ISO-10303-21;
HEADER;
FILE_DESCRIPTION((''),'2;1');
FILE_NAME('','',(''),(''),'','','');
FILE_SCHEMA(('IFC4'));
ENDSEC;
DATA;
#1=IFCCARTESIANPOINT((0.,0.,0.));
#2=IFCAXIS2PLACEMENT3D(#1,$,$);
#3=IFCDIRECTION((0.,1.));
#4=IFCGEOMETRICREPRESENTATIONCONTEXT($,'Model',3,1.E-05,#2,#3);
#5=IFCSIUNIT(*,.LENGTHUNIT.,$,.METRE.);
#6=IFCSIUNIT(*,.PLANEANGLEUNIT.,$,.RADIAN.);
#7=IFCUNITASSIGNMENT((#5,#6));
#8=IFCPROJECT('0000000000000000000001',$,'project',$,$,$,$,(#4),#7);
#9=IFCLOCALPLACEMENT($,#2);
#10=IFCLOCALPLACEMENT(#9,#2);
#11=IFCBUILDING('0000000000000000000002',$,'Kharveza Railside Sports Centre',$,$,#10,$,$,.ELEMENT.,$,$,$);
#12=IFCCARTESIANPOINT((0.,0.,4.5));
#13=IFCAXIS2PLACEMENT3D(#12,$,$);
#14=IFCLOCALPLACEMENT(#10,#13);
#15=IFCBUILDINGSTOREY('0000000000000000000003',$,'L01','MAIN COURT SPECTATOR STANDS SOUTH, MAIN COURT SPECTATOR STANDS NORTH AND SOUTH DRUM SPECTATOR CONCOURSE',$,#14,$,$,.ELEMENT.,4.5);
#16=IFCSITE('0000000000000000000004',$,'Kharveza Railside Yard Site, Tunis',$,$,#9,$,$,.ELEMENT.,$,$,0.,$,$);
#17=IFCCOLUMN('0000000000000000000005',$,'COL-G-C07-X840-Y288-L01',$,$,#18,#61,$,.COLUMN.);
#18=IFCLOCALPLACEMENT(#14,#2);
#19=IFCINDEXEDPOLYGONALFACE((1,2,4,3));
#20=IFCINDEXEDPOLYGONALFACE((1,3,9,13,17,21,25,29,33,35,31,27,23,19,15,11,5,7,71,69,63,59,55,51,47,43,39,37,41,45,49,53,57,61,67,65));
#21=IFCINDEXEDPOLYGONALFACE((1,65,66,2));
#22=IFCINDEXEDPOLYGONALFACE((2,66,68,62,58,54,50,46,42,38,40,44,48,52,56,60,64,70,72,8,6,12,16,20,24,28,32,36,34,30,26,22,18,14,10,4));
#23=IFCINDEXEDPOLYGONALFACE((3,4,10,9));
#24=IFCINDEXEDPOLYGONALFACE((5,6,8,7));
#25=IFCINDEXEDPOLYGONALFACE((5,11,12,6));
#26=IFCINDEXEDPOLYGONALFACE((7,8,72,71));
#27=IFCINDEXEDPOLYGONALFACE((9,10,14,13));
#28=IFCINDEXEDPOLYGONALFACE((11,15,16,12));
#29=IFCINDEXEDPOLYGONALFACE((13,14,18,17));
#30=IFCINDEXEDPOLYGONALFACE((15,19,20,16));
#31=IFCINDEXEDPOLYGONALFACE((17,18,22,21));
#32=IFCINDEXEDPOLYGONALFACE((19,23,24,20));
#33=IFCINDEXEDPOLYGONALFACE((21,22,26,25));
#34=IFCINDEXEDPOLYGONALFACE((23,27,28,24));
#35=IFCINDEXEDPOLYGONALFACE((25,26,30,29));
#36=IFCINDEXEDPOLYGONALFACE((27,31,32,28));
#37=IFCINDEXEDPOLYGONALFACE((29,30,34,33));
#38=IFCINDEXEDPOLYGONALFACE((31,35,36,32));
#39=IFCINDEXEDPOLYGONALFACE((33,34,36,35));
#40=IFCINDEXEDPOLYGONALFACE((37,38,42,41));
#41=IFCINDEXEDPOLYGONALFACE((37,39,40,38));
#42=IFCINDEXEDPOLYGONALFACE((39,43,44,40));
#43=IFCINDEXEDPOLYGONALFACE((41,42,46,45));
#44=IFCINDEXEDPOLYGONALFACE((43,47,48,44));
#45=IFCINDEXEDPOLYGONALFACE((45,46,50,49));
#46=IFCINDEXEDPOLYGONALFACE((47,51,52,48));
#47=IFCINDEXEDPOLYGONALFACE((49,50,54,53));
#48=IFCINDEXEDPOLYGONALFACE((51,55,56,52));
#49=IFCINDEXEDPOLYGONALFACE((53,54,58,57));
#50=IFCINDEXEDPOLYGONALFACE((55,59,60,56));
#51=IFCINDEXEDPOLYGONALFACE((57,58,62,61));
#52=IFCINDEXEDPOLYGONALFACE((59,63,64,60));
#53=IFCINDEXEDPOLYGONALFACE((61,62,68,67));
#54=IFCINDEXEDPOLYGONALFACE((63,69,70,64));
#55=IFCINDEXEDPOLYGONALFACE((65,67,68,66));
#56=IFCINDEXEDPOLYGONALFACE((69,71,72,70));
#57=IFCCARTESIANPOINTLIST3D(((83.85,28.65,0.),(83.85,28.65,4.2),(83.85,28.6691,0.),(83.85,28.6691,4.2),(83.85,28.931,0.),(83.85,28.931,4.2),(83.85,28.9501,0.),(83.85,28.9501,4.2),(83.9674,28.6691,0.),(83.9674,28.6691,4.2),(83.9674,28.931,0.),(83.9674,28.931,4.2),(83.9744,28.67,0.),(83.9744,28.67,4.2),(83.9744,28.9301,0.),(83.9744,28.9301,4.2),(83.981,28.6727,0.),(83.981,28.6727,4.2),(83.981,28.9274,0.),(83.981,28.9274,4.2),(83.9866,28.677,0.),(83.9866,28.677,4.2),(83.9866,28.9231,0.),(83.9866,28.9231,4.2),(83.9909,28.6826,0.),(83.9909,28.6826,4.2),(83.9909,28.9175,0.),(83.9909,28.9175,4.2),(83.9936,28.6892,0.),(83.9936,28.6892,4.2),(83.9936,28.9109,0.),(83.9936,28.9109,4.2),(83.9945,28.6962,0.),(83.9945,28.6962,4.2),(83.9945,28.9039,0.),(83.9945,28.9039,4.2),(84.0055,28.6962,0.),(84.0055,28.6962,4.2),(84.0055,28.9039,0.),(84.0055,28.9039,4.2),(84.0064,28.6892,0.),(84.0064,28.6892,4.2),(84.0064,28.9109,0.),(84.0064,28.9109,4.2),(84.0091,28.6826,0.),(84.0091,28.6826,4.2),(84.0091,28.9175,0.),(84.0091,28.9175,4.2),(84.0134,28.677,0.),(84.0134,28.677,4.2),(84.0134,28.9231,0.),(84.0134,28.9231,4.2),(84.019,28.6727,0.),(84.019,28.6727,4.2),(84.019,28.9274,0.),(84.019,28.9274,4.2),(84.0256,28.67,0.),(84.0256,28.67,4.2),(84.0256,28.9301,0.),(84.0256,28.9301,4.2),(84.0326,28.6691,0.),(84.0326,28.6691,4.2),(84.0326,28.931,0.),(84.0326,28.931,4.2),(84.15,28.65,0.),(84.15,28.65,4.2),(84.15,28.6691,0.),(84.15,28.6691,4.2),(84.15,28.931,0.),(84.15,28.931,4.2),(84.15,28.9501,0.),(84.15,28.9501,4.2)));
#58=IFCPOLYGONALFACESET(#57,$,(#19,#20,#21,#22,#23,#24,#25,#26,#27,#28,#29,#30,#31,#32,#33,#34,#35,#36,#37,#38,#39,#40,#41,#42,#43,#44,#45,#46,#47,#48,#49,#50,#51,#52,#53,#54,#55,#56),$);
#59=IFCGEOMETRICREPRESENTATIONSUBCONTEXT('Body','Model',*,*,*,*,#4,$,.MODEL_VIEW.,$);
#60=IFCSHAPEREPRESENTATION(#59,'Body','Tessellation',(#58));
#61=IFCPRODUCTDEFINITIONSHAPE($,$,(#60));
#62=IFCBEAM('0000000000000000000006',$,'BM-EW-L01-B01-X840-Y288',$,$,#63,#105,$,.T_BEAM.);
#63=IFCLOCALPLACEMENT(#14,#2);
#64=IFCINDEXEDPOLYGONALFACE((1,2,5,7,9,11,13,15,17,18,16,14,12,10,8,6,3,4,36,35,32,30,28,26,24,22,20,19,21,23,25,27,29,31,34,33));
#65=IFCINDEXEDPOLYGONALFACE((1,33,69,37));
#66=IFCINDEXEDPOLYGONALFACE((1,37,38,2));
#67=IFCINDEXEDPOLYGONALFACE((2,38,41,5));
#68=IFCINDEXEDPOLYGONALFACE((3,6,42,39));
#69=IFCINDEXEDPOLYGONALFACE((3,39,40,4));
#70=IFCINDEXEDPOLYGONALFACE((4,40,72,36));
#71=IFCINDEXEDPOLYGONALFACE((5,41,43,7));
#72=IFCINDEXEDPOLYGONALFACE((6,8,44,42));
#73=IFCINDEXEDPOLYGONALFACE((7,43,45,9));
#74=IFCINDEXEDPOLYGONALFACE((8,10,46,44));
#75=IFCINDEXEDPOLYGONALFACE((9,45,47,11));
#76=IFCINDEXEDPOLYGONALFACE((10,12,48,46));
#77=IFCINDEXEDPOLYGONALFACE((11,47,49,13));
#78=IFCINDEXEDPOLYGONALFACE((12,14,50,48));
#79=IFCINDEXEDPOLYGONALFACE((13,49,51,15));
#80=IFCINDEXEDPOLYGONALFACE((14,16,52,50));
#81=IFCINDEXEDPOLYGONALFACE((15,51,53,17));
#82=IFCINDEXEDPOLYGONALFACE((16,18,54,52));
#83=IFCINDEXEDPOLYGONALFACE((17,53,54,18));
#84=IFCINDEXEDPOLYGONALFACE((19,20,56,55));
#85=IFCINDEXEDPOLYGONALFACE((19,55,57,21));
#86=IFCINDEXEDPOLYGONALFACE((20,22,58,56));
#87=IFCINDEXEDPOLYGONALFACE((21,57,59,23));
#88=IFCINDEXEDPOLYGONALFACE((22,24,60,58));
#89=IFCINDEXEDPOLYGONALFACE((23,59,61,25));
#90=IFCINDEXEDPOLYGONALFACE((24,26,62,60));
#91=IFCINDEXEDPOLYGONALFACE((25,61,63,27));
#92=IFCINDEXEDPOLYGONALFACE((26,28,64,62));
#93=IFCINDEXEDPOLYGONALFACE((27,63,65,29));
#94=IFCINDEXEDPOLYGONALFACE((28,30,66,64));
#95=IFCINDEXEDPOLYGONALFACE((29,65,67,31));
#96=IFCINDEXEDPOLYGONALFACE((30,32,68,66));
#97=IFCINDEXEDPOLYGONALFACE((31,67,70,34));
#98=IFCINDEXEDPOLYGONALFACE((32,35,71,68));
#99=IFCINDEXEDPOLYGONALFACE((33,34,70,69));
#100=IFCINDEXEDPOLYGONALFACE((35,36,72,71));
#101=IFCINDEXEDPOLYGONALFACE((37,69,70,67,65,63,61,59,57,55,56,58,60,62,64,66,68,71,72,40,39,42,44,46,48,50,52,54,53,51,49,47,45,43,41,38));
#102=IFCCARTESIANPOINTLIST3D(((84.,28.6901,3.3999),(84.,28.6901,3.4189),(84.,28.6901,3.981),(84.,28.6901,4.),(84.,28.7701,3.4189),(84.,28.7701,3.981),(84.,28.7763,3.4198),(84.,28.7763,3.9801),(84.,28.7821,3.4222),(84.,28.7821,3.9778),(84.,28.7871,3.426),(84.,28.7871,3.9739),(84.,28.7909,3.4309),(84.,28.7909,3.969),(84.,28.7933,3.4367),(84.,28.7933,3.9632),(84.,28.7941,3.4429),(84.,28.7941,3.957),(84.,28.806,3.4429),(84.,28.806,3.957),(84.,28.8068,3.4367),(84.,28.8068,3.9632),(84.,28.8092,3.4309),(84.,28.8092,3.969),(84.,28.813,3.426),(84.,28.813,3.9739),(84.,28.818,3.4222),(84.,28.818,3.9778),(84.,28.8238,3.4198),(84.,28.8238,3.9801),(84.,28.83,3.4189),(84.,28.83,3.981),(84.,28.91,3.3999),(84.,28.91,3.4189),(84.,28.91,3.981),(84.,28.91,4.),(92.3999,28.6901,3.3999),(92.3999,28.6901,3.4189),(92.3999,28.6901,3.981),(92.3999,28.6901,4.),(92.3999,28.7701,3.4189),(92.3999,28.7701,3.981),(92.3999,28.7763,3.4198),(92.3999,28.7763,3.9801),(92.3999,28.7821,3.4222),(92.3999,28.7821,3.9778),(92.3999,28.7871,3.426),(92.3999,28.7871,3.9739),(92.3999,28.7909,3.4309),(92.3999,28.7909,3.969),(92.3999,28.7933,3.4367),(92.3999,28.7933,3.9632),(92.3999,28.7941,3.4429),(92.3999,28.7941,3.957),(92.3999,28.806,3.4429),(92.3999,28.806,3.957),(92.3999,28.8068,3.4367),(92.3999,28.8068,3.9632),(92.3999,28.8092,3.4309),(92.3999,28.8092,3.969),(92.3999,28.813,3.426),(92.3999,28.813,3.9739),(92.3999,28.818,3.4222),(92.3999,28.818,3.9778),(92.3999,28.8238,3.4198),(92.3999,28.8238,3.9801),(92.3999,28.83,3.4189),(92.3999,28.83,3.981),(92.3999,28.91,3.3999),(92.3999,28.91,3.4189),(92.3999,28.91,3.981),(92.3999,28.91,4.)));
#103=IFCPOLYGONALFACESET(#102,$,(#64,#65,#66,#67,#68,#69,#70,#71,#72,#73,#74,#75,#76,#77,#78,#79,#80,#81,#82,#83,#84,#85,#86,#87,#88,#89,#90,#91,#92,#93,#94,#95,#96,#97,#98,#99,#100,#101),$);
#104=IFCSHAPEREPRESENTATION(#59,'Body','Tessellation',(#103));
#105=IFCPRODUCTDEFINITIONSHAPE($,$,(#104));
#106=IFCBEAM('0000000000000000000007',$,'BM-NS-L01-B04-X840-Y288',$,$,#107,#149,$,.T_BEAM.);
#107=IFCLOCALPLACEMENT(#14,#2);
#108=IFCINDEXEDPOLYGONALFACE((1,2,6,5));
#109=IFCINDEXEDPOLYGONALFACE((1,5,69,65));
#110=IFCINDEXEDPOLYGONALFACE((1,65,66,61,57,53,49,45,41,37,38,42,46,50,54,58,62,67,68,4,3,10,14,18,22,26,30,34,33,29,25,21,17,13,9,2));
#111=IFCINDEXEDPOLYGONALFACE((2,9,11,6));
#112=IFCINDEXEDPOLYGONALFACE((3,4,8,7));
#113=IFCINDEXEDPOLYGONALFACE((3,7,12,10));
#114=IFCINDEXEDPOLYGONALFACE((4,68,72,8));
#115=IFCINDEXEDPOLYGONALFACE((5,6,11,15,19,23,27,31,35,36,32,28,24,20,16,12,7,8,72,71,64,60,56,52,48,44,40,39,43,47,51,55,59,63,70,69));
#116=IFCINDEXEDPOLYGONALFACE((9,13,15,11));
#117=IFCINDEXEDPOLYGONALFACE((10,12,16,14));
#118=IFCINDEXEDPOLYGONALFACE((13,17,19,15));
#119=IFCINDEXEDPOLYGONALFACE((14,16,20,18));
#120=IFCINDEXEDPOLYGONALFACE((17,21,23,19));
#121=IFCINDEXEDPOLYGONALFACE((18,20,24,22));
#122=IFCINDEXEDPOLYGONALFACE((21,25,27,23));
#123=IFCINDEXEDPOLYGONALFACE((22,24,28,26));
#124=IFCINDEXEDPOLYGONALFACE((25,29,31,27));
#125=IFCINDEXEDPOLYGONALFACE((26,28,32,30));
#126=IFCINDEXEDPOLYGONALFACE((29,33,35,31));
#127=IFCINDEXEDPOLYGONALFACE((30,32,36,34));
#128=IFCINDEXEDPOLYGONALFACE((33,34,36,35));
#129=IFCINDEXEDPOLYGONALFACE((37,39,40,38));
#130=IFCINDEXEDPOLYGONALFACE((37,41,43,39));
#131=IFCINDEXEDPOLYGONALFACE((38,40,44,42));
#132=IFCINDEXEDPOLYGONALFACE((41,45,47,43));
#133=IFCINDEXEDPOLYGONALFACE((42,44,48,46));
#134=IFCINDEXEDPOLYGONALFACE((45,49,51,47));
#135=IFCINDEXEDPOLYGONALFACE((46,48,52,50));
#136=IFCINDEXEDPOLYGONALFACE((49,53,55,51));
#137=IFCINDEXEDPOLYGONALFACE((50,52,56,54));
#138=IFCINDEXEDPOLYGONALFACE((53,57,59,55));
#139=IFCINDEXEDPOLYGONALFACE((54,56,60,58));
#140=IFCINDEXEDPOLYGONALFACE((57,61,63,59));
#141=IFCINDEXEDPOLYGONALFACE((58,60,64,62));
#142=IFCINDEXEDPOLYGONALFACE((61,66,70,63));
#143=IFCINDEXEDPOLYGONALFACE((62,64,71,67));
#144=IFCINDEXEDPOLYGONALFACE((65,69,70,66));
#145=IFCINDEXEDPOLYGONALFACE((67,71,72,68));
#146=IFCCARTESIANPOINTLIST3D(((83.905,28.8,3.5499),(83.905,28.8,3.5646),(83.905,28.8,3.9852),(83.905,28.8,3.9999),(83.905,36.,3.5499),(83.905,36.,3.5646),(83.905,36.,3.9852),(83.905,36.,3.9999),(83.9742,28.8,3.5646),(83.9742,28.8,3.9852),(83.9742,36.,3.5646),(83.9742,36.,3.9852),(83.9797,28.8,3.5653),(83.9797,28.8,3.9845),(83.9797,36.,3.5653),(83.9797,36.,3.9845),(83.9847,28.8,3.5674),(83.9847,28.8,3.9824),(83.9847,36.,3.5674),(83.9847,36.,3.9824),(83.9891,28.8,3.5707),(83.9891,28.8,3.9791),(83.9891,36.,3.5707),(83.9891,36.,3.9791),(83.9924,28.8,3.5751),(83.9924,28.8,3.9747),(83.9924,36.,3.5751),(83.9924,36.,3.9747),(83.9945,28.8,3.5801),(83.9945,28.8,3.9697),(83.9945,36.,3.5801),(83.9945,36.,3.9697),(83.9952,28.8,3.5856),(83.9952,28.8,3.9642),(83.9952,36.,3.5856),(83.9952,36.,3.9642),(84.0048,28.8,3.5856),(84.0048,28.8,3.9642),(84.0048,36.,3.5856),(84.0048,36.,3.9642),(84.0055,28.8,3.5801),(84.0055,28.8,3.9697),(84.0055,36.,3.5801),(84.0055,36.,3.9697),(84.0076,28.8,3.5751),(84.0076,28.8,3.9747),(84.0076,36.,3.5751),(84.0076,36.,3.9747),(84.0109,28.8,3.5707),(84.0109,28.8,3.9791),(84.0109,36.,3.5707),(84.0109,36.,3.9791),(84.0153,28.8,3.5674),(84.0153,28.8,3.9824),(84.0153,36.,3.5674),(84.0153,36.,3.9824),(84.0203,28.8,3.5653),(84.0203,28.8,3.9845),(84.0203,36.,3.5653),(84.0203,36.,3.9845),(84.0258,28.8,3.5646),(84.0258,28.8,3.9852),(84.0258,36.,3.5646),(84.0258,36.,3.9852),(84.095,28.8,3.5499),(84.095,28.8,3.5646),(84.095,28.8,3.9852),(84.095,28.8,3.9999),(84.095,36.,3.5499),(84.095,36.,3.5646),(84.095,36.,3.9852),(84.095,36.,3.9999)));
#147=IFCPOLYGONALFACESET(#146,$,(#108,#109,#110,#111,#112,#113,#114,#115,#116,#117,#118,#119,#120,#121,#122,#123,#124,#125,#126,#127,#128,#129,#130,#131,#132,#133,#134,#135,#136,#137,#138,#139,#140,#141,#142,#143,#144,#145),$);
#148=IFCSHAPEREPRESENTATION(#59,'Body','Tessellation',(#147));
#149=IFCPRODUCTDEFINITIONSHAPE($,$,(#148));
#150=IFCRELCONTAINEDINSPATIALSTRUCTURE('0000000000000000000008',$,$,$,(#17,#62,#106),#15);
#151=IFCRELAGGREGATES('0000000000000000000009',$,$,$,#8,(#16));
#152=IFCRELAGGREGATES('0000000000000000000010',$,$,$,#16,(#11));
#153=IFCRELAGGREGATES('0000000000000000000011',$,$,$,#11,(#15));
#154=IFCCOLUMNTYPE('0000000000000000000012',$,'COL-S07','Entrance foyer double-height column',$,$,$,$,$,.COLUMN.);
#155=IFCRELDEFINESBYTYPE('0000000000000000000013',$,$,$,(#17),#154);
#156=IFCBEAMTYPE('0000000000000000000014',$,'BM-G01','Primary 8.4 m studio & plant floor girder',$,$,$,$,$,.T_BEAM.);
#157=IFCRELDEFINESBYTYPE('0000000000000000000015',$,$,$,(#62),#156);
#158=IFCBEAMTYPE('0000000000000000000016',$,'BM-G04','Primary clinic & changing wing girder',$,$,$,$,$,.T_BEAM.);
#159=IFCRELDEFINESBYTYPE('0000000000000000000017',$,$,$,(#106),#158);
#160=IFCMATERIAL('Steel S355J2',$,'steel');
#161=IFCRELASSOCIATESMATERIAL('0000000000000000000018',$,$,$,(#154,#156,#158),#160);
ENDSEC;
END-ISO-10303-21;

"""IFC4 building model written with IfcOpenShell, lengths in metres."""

from ifc_helpers import new_model, si_unit, direction, frame, origin, origin_2d, place, context, subcontext, project, spatial, i_section, extrude, material, material_profile, profile_set, type_object, element, save


model = new_model("IFC4")

# Units and contexts
model_context = context("Model", 3, precision=1e-05, world=origin(), true_north=direction((0.0, 1.0)))
body_context = subcontext(model_context, "Body", "Model", "MODEL_VIEW")
ifc_project = project(units=[si_unit("LENGTHUNIT", "METRE"), si_unit("PLANEANGLEUNIT", "RADIAN")], contexts=[model_context])

# Site, building, storey
site_placement = place(None, origin())
site = spatial("IfcSite", under=ifc_project, at=site_placement, Name="Kharveza Railside Yard Site, Tunis", CompositionType="ELEMENT", RefElevation=0.0)
building_placement = place(site_placement, origin())
building = spatial("IfcBuilding", under=site, at=building_placement, Name="Kharveza Railside Sports Centre", CompositionType="ELEMENT")
storey_placement = place(building_placement, frame((0.0, 0.0, 4.5)))
storey = spatial("IfcBuildingStorey", under=building, at=storey_placement, Name="L01", Description="MAIN COURT SPECTATOR STANDS SOUTH, MAIN COURT SPECTATOR STANDS NORTH AND SOUTH DRUM SPECTATOR CONCOURSE", CompositionType="ELEMENT", Elevation=4.5)

# Column
ifc_material_1 = material(Name="Steel S355J2", Category="steel")
ifc_material_profile_1 = material_profile(ifc_material_1, i_section(OverallWidth=0.3, OverallDepth=0.3, WebThickness=0.011, FlangeThickness=0.019, FilletRadius=0.0271, at=origin_2d()), Name="HEB 300")
ifc_profile_set_1 = profile_set([ifc_material_profile_1], Name="Steel S355J2")
column_type = type_object("IfcColumnType", Name="COL-S07", Description="Entrance foyer double-height column", PredefinedType="COLUMN", material=ifc_profile_set_1)
column_placement = place(storey_placement, frame((84.0, 28.8, 0.0), z_axis=(0.0, 0.0, 1.0), x_axis=(1.0, 0.0, 0.0)))
element("IfcColumn", 1, at=column_placement, inside=storey, type_object=column_type, Name="COL-G-C07-X840-Y288-L01", PredefinedType="COLUMN", context=body_context, shape_type="SweptSolid", body=[
    extrude(i_section(OverallWidth=0.3, OverallDepth=0.3, WebThickness=0.011, FlangeThickness=0.019, FilletRadius=0.0271, at=origin_2d()), origin(), (0.0, 0.0, 1.0), 4.2),
])

# Beams
ifc_material_profile_2 = material_profile(ifc_material_1, i_section(OverallWidth=0.22, OverallDepth=0.6001, WebThickness=0.012, FlangeThickness=0.019, FilletRadius=0.0239, at=origin_2d()), Name="IPE 600")
ifc_profile_set_2 = profile_set([ifc_material_profile_2], Name="Steel S355J2")
beam_type_1 = type_object("IfcBeamType", Name="BM-G01", Description="Primary 8.4 m studio & plant floor girder", PredefinedType="T_BEAM", material=ifc_profile_set_2)
beam_1_placement = place(storey_placement, frame((84.0, 28.8, 3.7), z_axis=(1.0, 0.0, 0.0), x_axis=(0.0, 1.0, 0.0)))
element("IfcBeam", 2, at=beam_1_placement, inside=storey, type_object=beam_type_1, Name="BM-EW-L01-B01-X840-Y288", PredefinedType="T_BEAM", context=body_context, shape_type="SweptSolid", body=[
    extrude(i_section(OverallWidth=0.22, OverallDepth=0.6001, WebThickness=0.012, FlangeThickness=0.019, FilletRadius=0.0239, at=origin_2d()), origin(), (0.0, 0.0, 1.0), 8.3999),
])
ifc_material_profile_3 = material_profile(ifc_material_1, i_section(OverallWidth=0.1899, OverallDepth=0.45, WebThickness=0.0095, FlangeThickness=0.0146, FilletRadius=0.021, at=origin_2d()), Name="IPE 450")
ifc_profile_set_3 = profile_set([ifc_material_profile_3], Name="Steel S355J2")
beam_type_2 = type_object("IfcBeamType", Name="BM-G04", Description="Primary clinic & changing wing girder", PredefinedType="T_BEAM", material=ifc_profile_set_3)
beam_2_placement = place(storey_placement, frame((84.0, 28.8, 3.7749), z_axis=(0.0, 1.0, 0.0), x_axis=(-1.0, 0.0, 0.0)))
element("IfcBeam", 3, at=beam_2_placement, inside=storey, type_object=beam_type_2, Name="BM-NS-L01-B04-X840-Y288", PredefinedType="T_BEAM", context=body_context, shape_type="SweptSolid", body=[
    extrude(i_section(OverallWidth=0.1899, OverallDepth=0.45, WebThickness=0.0095, FlangeThickness=0.0146, FilletRadius=0.021, at=origin_2d()), origin(), (0.0, 0.0, 1.0), 7.2),
])

save(model, "model.ifc")
